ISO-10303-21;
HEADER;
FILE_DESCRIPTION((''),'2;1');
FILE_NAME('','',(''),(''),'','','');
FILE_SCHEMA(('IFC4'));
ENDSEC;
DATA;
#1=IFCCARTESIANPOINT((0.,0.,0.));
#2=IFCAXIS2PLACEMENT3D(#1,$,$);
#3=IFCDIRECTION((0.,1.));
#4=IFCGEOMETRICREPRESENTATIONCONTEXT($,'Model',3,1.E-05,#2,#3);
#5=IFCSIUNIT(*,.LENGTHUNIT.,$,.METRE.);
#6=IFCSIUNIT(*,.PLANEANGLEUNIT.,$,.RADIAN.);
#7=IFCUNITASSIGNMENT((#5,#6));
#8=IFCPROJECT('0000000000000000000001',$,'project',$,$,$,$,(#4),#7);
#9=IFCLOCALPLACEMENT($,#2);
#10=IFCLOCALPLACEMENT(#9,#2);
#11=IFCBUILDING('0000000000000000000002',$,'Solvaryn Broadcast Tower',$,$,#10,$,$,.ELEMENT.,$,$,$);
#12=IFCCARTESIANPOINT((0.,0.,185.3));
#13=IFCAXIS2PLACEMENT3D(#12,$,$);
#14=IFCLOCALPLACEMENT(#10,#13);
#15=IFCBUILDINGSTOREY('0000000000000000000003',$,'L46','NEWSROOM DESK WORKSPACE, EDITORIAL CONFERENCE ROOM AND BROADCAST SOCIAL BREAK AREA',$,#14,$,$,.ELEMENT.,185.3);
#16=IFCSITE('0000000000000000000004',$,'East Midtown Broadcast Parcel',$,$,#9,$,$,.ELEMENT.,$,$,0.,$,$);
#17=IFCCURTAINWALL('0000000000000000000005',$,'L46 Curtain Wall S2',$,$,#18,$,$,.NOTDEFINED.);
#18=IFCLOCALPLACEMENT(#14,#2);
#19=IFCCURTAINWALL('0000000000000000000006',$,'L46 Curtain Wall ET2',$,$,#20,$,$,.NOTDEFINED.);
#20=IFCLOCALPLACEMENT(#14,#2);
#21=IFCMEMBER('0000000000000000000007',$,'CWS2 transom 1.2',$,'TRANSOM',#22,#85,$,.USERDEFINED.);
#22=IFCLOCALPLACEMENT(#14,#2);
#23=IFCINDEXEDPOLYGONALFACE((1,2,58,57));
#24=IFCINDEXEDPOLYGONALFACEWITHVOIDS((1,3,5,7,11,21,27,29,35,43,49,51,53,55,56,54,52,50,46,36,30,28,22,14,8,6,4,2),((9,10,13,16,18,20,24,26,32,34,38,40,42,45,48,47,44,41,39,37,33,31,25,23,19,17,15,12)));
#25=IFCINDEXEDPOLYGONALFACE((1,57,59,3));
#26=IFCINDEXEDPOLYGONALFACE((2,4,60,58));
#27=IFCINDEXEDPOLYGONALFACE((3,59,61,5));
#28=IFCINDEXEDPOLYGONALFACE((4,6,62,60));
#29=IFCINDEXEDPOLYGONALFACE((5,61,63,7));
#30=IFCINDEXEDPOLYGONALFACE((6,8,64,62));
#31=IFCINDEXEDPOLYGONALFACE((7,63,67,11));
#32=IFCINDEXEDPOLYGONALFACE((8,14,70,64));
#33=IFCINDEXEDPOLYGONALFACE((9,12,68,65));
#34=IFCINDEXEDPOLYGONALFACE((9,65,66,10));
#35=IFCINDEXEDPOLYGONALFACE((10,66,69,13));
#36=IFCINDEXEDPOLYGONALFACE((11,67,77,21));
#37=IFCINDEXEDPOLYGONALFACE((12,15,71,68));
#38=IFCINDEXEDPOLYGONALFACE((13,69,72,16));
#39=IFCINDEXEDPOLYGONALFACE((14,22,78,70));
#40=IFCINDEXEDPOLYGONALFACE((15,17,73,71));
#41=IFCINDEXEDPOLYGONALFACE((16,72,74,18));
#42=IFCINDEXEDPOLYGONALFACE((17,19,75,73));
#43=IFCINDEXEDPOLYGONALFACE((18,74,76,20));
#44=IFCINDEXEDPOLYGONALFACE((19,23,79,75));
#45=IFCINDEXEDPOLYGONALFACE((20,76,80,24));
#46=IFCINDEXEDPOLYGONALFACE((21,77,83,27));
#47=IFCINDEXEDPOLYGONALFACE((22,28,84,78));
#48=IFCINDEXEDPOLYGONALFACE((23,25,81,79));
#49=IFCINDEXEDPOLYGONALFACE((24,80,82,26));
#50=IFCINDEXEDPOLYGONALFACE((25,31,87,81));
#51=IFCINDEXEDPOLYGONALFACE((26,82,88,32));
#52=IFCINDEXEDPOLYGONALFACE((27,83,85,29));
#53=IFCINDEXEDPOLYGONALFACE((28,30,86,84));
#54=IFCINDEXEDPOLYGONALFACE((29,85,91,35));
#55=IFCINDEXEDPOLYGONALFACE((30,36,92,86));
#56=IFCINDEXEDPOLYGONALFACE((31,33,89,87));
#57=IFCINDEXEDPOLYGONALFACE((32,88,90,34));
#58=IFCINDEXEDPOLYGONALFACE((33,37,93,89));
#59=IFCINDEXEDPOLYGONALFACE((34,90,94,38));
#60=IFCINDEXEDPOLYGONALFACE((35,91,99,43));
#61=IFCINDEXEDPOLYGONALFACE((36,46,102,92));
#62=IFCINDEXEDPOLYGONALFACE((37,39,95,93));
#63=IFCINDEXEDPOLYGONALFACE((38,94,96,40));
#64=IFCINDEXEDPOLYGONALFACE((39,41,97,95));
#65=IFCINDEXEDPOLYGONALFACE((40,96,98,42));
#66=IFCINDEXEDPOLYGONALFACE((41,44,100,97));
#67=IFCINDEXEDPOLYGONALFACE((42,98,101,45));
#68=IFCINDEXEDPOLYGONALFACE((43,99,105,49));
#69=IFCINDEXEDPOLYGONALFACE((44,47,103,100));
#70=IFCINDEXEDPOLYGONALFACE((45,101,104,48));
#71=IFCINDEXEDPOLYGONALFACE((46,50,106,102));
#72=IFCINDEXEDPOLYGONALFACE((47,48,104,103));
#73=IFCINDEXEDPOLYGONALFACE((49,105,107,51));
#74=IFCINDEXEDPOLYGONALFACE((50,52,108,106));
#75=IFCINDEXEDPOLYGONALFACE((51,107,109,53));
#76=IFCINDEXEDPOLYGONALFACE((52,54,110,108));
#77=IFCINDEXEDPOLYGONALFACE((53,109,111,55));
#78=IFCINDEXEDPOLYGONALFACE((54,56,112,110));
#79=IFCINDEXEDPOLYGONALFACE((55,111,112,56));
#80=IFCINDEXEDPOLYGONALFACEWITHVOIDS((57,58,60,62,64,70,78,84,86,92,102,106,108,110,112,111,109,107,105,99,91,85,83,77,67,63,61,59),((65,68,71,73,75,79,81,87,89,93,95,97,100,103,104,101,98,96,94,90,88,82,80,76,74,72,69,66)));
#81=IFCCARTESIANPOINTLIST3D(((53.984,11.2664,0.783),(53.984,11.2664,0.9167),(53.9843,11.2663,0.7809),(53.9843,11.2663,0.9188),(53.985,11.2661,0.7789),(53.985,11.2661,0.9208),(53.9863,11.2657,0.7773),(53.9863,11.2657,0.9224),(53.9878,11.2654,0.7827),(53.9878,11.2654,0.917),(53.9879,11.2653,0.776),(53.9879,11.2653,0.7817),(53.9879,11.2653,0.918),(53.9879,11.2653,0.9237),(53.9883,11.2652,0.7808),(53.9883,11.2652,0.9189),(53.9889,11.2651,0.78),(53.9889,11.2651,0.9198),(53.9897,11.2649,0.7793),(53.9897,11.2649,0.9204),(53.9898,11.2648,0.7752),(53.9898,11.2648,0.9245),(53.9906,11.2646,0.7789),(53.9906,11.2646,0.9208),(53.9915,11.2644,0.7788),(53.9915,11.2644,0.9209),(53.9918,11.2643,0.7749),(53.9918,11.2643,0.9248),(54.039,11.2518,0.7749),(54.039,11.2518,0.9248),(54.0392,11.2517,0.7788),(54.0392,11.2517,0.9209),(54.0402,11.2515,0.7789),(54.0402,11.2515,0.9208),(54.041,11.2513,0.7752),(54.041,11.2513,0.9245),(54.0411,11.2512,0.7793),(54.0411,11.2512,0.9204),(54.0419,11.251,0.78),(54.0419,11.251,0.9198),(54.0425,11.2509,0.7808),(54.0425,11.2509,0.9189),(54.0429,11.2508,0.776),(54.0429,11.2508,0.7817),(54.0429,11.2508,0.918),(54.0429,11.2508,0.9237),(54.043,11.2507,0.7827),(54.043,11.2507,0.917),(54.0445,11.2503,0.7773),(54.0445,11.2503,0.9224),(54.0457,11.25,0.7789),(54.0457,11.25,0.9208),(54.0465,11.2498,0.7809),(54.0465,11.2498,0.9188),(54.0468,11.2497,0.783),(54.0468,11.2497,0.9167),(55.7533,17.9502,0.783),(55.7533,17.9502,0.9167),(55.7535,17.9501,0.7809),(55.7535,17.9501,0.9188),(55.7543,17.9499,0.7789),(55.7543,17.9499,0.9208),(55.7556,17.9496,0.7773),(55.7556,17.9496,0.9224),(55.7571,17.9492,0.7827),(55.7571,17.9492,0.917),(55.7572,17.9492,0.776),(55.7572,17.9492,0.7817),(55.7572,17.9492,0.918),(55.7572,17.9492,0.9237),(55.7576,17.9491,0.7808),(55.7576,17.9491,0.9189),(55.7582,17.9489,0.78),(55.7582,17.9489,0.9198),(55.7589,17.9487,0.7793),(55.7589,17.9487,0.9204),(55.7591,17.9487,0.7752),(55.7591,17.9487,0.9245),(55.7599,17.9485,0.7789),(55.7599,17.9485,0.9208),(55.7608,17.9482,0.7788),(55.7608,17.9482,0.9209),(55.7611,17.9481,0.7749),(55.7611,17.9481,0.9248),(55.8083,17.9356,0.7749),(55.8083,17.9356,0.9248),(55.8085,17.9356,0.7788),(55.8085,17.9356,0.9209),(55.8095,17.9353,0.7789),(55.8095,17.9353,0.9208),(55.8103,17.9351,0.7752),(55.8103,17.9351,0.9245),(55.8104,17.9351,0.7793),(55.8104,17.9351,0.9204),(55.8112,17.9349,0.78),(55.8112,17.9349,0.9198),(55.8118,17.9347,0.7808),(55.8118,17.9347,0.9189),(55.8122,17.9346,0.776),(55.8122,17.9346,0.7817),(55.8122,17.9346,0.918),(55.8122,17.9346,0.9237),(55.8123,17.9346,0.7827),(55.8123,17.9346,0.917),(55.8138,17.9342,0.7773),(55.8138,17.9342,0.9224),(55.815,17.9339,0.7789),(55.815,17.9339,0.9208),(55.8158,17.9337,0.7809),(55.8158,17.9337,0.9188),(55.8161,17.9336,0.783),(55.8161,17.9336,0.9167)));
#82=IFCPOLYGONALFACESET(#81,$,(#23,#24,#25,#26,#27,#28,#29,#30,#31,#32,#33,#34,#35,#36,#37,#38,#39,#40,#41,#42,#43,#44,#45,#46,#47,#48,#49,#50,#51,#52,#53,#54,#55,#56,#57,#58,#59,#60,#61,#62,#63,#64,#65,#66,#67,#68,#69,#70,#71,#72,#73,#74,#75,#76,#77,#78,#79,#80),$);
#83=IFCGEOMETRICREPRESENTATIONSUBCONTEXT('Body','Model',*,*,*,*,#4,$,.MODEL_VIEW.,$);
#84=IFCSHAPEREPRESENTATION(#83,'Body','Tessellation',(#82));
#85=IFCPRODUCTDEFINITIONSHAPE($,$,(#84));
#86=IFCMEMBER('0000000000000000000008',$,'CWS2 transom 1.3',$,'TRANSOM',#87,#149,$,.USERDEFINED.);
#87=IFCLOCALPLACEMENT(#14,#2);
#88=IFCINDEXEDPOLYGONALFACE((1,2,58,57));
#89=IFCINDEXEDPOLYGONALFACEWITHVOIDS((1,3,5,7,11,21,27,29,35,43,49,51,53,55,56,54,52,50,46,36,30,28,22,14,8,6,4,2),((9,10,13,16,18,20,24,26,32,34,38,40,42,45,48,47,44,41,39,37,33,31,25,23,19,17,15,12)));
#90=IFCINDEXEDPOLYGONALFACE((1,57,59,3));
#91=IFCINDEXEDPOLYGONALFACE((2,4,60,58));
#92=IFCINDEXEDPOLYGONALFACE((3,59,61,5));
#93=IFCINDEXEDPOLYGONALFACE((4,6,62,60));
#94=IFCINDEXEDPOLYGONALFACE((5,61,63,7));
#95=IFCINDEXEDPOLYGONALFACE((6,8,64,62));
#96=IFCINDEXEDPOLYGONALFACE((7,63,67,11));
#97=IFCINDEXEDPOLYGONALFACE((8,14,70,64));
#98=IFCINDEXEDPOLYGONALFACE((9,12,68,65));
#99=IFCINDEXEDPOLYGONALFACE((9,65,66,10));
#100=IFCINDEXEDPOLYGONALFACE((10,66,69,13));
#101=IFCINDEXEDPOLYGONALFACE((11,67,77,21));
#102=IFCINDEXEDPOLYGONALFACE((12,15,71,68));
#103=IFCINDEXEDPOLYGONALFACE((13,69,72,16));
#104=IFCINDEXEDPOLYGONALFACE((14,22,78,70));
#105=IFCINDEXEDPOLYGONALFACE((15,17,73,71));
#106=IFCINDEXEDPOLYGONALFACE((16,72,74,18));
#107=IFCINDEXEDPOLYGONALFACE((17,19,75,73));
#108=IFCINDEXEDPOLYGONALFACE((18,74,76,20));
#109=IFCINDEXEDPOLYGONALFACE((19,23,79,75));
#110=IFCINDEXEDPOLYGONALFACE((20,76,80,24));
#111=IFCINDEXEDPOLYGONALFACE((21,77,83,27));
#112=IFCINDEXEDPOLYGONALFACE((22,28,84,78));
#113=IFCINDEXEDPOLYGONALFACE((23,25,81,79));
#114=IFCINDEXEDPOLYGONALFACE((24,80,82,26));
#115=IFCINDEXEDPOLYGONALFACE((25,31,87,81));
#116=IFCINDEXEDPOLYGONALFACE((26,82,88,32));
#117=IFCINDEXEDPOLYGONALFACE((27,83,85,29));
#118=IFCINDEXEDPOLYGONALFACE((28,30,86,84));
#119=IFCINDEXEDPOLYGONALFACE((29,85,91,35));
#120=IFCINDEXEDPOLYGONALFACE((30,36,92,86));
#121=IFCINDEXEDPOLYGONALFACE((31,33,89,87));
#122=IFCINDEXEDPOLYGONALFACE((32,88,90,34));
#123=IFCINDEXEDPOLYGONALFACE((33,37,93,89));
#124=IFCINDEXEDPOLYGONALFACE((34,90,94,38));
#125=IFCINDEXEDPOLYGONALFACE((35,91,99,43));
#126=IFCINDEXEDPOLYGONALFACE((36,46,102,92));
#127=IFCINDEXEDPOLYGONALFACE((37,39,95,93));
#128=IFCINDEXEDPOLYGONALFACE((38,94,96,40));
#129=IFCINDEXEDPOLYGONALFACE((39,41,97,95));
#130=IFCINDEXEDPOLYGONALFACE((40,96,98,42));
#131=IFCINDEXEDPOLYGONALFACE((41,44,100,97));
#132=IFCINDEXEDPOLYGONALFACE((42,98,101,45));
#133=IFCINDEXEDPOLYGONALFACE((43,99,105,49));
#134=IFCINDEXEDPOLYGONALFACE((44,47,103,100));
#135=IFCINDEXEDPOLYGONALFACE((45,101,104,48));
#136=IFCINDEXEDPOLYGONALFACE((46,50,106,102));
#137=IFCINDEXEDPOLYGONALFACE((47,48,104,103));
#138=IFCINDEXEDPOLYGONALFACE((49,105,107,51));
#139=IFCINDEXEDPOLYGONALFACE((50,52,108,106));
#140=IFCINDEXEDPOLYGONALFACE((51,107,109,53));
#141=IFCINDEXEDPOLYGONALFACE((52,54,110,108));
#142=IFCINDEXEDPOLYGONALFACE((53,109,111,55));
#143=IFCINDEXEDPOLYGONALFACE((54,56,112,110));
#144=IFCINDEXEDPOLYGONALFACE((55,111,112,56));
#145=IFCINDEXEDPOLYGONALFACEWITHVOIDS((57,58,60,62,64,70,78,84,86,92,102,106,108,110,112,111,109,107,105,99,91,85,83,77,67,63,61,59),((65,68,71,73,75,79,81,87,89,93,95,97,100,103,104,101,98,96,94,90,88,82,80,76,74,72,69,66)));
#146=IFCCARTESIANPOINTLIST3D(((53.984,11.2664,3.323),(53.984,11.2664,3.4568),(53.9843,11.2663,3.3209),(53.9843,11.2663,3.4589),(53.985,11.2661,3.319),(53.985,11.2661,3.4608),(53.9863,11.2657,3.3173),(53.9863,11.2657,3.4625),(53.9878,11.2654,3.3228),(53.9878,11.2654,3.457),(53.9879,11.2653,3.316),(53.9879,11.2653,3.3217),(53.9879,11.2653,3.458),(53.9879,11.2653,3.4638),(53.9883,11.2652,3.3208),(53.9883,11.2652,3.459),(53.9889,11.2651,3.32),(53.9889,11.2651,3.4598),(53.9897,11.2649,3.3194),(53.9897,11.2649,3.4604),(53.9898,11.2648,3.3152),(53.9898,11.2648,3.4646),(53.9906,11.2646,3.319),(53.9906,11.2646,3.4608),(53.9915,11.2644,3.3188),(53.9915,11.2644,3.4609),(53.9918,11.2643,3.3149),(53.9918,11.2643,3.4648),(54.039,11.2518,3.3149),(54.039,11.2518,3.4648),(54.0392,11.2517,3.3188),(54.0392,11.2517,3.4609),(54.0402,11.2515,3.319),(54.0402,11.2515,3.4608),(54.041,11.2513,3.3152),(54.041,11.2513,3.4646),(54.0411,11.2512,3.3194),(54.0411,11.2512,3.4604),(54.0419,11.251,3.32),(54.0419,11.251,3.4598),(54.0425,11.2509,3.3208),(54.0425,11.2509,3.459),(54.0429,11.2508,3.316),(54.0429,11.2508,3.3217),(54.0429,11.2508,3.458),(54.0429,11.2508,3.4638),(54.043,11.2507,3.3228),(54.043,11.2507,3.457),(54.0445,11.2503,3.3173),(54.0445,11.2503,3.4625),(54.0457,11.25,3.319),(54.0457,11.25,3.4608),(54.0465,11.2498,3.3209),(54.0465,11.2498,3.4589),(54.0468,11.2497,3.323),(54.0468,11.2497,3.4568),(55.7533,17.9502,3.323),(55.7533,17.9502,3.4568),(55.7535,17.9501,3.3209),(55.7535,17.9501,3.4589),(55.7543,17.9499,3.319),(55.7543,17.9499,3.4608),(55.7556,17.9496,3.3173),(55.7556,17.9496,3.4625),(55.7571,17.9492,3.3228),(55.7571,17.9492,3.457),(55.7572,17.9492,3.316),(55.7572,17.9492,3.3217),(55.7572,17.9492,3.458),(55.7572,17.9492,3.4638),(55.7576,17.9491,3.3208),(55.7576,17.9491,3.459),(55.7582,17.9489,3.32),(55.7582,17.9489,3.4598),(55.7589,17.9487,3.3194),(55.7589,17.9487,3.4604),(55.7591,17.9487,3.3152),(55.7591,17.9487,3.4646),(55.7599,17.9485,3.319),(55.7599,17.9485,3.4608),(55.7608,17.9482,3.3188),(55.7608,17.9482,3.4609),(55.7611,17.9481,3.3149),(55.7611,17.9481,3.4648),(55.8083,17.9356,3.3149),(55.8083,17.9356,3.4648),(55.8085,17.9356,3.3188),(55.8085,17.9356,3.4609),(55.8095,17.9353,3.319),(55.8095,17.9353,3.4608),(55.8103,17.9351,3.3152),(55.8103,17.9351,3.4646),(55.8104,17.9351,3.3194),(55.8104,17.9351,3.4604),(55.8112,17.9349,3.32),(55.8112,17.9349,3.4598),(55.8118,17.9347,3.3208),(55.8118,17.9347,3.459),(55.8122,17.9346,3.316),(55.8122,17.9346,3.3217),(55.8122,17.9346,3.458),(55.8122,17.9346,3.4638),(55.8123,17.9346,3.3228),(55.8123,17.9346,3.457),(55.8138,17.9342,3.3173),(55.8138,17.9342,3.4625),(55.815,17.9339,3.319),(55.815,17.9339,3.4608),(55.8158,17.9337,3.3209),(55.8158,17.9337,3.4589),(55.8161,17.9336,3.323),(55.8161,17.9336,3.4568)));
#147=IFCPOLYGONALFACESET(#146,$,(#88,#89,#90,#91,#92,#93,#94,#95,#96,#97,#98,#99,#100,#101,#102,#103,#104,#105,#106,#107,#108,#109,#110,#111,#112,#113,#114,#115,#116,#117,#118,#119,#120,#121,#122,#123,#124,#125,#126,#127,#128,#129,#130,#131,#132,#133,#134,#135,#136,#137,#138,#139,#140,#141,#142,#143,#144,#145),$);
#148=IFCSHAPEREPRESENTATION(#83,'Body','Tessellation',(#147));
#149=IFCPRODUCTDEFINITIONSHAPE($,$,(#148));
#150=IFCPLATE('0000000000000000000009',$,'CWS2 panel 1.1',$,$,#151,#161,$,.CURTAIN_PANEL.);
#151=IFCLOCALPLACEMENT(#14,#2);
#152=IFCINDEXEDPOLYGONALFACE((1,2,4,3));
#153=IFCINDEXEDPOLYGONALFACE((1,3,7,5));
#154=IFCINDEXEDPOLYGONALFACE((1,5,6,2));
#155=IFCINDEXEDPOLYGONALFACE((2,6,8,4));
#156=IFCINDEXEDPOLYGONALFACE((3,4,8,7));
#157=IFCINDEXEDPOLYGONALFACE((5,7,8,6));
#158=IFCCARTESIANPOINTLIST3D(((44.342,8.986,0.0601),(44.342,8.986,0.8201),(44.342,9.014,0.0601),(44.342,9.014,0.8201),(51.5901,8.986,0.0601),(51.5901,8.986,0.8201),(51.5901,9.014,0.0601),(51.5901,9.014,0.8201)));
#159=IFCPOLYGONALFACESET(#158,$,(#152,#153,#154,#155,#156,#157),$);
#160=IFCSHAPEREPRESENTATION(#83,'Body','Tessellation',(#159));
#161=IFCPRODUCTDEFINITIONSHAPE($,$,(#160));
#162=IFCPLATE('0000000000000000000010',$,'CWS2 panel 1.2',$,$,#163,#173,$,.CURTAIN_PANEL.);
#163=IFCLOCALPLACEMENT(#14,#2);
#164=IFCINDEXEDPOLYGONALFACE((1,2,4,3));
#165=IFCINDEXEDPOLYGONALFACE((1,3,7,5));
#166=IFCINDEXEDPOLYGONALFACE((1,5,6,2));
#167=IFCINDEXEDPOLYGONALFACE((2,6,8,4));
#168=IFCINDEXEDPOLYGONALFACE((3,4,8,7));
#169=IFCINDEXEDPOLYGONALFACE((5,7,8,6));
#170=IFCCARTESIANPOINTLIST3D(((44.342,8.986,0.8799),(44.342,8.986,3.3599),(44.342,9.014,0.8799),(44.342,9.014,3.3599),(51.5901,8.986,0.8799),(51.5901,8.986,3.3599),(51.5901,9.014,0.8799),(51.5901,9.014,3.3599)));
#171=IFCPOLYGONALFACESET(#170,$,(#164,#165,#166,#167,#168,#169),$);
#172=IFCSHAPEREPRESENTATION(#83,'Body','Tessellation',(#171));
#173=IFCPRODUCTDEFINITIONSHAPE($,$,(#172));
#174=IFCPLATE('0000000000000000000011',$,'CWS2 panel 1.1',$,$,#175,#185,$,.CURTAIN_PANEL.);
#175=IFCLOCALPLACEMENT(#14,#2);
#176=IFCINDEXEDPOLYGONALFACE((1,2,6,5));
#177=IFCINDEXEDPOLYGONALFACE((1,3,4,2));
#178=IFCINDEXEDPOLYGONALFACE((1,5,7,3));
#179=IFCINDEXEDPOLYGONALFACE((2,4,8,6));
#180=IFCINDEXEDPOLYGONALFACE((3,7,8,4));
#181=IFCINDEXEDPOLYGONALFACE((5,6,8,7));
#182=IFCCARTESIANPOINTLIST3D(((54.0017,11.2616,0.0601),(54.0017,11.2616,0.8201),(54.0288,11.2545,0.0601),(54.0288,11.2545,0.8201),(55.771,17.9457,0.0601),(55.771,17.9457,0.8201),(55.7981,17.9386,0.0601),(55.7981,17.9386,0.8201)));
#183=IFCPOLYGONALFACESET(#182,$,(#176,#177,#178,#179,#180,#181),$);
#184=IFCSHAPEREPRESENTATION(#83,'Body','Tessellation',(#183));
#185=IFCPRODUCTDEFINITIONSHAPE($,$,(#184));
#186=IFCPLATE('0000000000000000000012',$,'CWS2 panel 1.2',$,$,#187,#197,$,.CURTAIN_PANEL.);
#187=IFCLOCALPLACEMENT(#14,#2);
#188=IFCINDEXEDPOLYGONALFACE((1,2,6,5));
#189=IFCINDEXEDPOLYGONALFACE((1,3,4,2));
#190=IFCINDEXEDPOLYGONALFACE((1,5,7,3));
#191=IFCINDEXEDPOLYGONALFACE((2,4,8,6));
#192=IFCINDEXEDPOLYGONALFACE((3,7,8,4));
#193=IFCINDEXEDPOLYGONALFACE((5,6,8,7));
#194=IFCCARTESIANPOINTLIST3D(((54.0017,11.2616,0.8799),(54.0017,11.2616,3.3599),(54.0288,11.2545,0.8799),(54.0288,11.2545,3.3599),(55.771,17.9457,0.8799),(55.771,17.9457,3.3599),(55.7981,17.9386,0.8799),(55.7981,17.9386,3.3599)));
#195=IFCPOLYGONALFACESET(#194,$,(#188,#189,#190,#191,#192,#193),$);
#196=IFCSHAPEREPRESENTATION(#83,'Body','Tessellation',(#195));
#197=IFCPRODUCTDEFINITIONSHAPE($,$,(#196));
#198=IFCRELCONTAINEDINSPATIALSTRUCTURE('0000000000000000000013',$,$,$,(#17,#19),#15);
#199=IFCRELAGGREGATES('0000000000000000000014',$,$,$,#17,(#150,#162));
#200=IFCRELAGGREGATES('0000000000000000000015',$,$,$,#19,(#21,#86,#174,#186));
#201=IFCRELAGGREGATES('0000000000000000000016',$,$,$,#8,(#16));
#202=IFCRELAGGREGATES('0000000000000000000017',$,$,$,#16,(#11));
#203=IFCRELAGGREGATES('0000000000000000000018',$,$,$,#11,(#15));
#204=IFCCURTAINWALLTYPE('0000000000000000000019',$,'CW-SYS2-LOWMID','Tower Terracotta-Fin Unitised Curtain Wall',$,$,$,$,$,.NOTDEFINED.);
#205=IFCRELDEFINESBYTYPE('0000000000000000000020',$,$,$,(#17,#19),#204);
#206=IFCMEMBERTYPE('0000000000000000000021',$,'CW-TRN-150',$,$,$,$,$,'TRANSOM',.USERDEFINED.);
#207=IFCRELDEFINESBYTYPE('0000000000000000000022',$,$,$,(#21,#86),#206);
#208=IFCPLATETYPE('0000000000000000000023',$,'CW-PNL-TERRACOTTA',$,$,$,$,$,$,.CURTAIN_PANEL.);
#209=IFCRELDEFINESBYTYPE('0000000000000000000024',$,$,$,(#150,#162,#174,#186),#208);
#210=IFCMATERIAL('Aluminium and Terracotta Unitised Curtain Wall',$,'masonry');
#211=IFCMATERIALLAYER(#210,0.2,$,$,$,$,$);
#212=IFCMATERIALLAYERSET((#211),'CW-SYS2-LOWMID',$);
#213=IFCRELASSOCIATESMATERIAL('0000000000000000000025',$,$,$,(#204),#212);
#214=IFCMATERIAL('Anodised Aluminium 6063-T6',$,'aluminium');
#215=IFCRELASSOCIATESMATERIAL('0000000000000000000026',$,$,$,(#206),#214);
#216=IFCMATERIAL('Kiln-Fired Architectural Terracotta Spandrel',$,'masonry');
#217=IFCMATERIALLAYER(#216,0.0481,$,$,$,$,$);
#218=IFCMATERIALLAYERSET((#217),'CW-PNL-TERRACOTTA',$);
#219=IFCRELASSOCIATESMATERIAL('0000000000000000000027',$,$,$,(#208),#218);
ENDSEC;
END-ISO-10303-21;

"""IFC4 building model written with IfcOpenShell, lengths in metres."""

from ifc_helpers import new_model, si_unit, direction, frame, origin, origin_2d, place, context, subcontext, project, spatial, rectangle, hollow_rectangle, extrude, material, layer, layer_set, material_profile, profile_set, type_object, element, aggregate, save


model = new_model("IFC4")

# Units and contexts
model_context = context("Model", 3, precision=1e-05, world=origin(), true_north=direction((0.0, 1.0)))
body_context = subcontext(model_context, "Body", "Model", "MODEL_VIEW")
ifc_project = project(units=[si_unit("LENGTHUNIT", "METRE"), si_unit("PLANEANGLEUNIT", "RADIAN")], contexts=[model_context])

# Site, building, storey
site_placement = place(None, origin())
site = spatial("IfcSite", under=ifc_project, at=site_placement, Name="East Midtown Broadcast Parcel", CompositionType="ELEMENT", RefElevation=0.0)
building_placement = place(site_placement, origin())
building = spatial("IfcBuilding", under=site, at=building_placement, Name="Solvaryn Broadcast Tower", CompositionType="ELEMENT")
storey_placement = place(building_placement, frame((0.0, 0.0, 185.3)))
storey = spatial("IfcBuildingStorey", under=building, at=storey_placement, Name="L46", Description="NEWSROOM DESK WORKSPACE, EDITORIAL CONFERENCE ROOM AND BROADCAST SOCIAL BREAK AREA", CompositionType="ELEMENT", Elevation=185.3)

# Curtain wall
ifc_material_1 = material(Name="Aluminium and Terracotta Unitised Curtain Wall", Category="masonry")
ifc_layer_1 = layer(ifc_material_1, 0.2)
ifc_layer_set_1 = layer_set([ifc_layer_1], Name="CW-SYS2-LOWMID")
curtain_wall_type = type_object("IfcCurtainWallType", Name="CW-SYS2-LOWMID", Description="Tower Terracotta-Fin Unitised Curtain Wall", PredefinedType="NOTDEFINED", material=ifc_layer_set_1)
curtain_wall_1_placement = place(storey_placement, origin())
curtain_wall_1 = element("IfcCurtainWall", 1, at=curtain_wall_1_placement, inside=storey, type_object=curtain_wall_type, Name="L46 Curtain Wall S2", PredefinedType="NOTDEFINED")

# Curtain wall, members
curtain_wall_2_placement = place(storey_placement, origin())
curtain_wall_2 = element("IfcCurtainWall", 2, at=curtain_wall_2_placement, inside=storey, type_object=curtain_wall_type, Name="L46 Curtain Wall ET2", PredefinedType="NOTDEFINED")
ifc_material_2 = material(Name="Anodised Aluminium 6063-T6", Category="aluminium")
ifc_material_profile_1 = material_profile(ifc_material_2, hollow_rectangle(XDim=0.0649, YDim=0.1499, WallThickness=0.0039, InnerFilletRadius=0.0039, OuterFilletRadius=0.0081, at=origin_2d()))
ifc_profile_set_1 = profile_set([ifc_material_profile_1], Name="Anodised Aluminium 6063-T6")
member_type_1 = type_object("IfcMemberType", Name="CW-TRN-150", ElementType="TRANSOM", PredefinedType="USERDEFINED", material=ifc_profile_set_1)
member_1_placement = place(storey_placement, frame((55.7847, 17.9419, 0.8499), z_axis=(-0.255897, -0.966704, 0.0), x_axis=(0.966704, -0.255897, 0.0)))
member_1 = element("IfcMember", 3, at=member_1_placement, type_object=member_type_1, Name="CWS2 transom 1.2", ObjectType="TRANSOM", PredefinedType="USERDEFINED", context=body_context, shape_type="SweptSolid", body=[
    extrude(hollow_rectangle(XDim=0.0649, YDim=0.1499, WallThickness=0.0039, InnerFilletRadius=0.0039, OuterFilletRadius=0.0081, at=origin_2d()), origin(), (0.0, 0.0, 1.0), 6.9141),
])
member_2_placement = place(storey_placement, frame((55.7847, 17.9419, 3.3899), z_axis=(-0.255897, -0.966704, 0.0), x_axis=(0.966704, -0.255897, 0.0)))
member_2 = element("IfcMember", 4, at=member_2_placement, type_object=member_type_1, Name="CWS2 transom 1.3", ObjectType="TRANSOM", PredefinedType="USERDEFINED", context=body_context, shape_type="SweptSolid", body=[
    extrude(hollow_rectangle(XDim=0.0649, YDim=0.1499, WallThickness=0.0039, InnerFilletRadius=0.0039, OuterFilletRadius=0.0081, at=origin_2d()), origin(), (0.0, 0.0, 1.0), 6.9141),
])

# Plates
ifc_material_3 = material(Name="Kiln-Fired Architectural Terracotta Spandrel", Category="masonry")
ifc_layer_2 = layer(ifc_material_3, 0.0481)
ifc_layer_set_2 = layer_set([ifc_layer_2], Name="CW-PNL-TERRACOTTA")
plate_type = type_object("IfcPlateType", Name="CW-PNL-TERRACOTTA", PredefinedType="CURTAIN_PANEL", material=ifc_layer_set_2)
plate_1_placement = place(storey_placement, frame((47.9661, 9.0, 0.0601), z_axis=(0.0, 0.0, 1.0), x_axis=(1.0, 0.0, 0.0)))
plate_1 = element("IfcPlate", 5, at=plate_1_placement, type_object=plate_type, Name="CWS2 panel 1.1", PredefinedType="CURTAIN_PANEL", context=body_context, shape_type="SweptSolid", body=[
    extrude(rectangle(XDim=7.248, YDim=0.0281, at=origin_2d()), origin(), (0.0, 0.0, 1.0), 0.76),
])
plate_2_placement = place(storey_placement, frame((47.9661, 9.0, 0.8799), z_axis=(0.0, 0.0, 1.0), x_axis=(1.0, 0.0, 0.0)))
plate_2 = element("IfcPlate", 6, at=plate_2_placement, type_object=plate_type, Name="CWS2 panel 1.2", PredefinedType="CURTAIN_PANEL", context=body_context, shape_type="SweptSolid", body=[
    extrude(rectangle(XDim=7.248, YDim=0.0281, at=origin_2d()), origin(), (0.0, 0.0, 1.0), 2.48),
])
aggregate(curtain_wall_1, [plate_1, plate_2])
plate_3_placement = place(storey_placement, frame((54.8999, 14.6001, 0.0601), z_axis=(0.0, 0.0, 1.0), x_axis=(-0.255893, -0.966705, 0.0)))
plate_3 = element("IfcPlate", 7, at=plate_3_placement, type_object=plate_type, Name="CWS2 panel 1.1", PredefinedType="CURTAIN_PANEL", context=body_context, shape_type="SweptSolid", body=[
    extrude(rectangle(XDim=6.9143, YDim=0.0281, at=origin_2d()), origin(), (0.0, 0.0, 1.0), 0.76),
])
plate_4_placement = place(storey_placement, frame((54.8999, 14.6001, 0.8799), z_axis=(0.0, 0.0, 1.0), x_axis=(-0.255893, -0.966705, 0.0)))
plate_4 = element("IfcPlate", 8, at=plate_4_placement, type_object=plate_type, Name="CWS2 panel 1.2", PredefinedType="CURTAIN_PANEL", context=body_context, shape_type="SweptSolid", body=[
    extrude(rectangle(XDim=6.9143, YDim=0.0281, at=origin_2d()), origin(), (0.0, 0.0, 1.0), 2.48),
])
aggregate(curtain_wall_2, [member_1, member_2, plate_3, plate_4])

save(model, "model.ifc")
